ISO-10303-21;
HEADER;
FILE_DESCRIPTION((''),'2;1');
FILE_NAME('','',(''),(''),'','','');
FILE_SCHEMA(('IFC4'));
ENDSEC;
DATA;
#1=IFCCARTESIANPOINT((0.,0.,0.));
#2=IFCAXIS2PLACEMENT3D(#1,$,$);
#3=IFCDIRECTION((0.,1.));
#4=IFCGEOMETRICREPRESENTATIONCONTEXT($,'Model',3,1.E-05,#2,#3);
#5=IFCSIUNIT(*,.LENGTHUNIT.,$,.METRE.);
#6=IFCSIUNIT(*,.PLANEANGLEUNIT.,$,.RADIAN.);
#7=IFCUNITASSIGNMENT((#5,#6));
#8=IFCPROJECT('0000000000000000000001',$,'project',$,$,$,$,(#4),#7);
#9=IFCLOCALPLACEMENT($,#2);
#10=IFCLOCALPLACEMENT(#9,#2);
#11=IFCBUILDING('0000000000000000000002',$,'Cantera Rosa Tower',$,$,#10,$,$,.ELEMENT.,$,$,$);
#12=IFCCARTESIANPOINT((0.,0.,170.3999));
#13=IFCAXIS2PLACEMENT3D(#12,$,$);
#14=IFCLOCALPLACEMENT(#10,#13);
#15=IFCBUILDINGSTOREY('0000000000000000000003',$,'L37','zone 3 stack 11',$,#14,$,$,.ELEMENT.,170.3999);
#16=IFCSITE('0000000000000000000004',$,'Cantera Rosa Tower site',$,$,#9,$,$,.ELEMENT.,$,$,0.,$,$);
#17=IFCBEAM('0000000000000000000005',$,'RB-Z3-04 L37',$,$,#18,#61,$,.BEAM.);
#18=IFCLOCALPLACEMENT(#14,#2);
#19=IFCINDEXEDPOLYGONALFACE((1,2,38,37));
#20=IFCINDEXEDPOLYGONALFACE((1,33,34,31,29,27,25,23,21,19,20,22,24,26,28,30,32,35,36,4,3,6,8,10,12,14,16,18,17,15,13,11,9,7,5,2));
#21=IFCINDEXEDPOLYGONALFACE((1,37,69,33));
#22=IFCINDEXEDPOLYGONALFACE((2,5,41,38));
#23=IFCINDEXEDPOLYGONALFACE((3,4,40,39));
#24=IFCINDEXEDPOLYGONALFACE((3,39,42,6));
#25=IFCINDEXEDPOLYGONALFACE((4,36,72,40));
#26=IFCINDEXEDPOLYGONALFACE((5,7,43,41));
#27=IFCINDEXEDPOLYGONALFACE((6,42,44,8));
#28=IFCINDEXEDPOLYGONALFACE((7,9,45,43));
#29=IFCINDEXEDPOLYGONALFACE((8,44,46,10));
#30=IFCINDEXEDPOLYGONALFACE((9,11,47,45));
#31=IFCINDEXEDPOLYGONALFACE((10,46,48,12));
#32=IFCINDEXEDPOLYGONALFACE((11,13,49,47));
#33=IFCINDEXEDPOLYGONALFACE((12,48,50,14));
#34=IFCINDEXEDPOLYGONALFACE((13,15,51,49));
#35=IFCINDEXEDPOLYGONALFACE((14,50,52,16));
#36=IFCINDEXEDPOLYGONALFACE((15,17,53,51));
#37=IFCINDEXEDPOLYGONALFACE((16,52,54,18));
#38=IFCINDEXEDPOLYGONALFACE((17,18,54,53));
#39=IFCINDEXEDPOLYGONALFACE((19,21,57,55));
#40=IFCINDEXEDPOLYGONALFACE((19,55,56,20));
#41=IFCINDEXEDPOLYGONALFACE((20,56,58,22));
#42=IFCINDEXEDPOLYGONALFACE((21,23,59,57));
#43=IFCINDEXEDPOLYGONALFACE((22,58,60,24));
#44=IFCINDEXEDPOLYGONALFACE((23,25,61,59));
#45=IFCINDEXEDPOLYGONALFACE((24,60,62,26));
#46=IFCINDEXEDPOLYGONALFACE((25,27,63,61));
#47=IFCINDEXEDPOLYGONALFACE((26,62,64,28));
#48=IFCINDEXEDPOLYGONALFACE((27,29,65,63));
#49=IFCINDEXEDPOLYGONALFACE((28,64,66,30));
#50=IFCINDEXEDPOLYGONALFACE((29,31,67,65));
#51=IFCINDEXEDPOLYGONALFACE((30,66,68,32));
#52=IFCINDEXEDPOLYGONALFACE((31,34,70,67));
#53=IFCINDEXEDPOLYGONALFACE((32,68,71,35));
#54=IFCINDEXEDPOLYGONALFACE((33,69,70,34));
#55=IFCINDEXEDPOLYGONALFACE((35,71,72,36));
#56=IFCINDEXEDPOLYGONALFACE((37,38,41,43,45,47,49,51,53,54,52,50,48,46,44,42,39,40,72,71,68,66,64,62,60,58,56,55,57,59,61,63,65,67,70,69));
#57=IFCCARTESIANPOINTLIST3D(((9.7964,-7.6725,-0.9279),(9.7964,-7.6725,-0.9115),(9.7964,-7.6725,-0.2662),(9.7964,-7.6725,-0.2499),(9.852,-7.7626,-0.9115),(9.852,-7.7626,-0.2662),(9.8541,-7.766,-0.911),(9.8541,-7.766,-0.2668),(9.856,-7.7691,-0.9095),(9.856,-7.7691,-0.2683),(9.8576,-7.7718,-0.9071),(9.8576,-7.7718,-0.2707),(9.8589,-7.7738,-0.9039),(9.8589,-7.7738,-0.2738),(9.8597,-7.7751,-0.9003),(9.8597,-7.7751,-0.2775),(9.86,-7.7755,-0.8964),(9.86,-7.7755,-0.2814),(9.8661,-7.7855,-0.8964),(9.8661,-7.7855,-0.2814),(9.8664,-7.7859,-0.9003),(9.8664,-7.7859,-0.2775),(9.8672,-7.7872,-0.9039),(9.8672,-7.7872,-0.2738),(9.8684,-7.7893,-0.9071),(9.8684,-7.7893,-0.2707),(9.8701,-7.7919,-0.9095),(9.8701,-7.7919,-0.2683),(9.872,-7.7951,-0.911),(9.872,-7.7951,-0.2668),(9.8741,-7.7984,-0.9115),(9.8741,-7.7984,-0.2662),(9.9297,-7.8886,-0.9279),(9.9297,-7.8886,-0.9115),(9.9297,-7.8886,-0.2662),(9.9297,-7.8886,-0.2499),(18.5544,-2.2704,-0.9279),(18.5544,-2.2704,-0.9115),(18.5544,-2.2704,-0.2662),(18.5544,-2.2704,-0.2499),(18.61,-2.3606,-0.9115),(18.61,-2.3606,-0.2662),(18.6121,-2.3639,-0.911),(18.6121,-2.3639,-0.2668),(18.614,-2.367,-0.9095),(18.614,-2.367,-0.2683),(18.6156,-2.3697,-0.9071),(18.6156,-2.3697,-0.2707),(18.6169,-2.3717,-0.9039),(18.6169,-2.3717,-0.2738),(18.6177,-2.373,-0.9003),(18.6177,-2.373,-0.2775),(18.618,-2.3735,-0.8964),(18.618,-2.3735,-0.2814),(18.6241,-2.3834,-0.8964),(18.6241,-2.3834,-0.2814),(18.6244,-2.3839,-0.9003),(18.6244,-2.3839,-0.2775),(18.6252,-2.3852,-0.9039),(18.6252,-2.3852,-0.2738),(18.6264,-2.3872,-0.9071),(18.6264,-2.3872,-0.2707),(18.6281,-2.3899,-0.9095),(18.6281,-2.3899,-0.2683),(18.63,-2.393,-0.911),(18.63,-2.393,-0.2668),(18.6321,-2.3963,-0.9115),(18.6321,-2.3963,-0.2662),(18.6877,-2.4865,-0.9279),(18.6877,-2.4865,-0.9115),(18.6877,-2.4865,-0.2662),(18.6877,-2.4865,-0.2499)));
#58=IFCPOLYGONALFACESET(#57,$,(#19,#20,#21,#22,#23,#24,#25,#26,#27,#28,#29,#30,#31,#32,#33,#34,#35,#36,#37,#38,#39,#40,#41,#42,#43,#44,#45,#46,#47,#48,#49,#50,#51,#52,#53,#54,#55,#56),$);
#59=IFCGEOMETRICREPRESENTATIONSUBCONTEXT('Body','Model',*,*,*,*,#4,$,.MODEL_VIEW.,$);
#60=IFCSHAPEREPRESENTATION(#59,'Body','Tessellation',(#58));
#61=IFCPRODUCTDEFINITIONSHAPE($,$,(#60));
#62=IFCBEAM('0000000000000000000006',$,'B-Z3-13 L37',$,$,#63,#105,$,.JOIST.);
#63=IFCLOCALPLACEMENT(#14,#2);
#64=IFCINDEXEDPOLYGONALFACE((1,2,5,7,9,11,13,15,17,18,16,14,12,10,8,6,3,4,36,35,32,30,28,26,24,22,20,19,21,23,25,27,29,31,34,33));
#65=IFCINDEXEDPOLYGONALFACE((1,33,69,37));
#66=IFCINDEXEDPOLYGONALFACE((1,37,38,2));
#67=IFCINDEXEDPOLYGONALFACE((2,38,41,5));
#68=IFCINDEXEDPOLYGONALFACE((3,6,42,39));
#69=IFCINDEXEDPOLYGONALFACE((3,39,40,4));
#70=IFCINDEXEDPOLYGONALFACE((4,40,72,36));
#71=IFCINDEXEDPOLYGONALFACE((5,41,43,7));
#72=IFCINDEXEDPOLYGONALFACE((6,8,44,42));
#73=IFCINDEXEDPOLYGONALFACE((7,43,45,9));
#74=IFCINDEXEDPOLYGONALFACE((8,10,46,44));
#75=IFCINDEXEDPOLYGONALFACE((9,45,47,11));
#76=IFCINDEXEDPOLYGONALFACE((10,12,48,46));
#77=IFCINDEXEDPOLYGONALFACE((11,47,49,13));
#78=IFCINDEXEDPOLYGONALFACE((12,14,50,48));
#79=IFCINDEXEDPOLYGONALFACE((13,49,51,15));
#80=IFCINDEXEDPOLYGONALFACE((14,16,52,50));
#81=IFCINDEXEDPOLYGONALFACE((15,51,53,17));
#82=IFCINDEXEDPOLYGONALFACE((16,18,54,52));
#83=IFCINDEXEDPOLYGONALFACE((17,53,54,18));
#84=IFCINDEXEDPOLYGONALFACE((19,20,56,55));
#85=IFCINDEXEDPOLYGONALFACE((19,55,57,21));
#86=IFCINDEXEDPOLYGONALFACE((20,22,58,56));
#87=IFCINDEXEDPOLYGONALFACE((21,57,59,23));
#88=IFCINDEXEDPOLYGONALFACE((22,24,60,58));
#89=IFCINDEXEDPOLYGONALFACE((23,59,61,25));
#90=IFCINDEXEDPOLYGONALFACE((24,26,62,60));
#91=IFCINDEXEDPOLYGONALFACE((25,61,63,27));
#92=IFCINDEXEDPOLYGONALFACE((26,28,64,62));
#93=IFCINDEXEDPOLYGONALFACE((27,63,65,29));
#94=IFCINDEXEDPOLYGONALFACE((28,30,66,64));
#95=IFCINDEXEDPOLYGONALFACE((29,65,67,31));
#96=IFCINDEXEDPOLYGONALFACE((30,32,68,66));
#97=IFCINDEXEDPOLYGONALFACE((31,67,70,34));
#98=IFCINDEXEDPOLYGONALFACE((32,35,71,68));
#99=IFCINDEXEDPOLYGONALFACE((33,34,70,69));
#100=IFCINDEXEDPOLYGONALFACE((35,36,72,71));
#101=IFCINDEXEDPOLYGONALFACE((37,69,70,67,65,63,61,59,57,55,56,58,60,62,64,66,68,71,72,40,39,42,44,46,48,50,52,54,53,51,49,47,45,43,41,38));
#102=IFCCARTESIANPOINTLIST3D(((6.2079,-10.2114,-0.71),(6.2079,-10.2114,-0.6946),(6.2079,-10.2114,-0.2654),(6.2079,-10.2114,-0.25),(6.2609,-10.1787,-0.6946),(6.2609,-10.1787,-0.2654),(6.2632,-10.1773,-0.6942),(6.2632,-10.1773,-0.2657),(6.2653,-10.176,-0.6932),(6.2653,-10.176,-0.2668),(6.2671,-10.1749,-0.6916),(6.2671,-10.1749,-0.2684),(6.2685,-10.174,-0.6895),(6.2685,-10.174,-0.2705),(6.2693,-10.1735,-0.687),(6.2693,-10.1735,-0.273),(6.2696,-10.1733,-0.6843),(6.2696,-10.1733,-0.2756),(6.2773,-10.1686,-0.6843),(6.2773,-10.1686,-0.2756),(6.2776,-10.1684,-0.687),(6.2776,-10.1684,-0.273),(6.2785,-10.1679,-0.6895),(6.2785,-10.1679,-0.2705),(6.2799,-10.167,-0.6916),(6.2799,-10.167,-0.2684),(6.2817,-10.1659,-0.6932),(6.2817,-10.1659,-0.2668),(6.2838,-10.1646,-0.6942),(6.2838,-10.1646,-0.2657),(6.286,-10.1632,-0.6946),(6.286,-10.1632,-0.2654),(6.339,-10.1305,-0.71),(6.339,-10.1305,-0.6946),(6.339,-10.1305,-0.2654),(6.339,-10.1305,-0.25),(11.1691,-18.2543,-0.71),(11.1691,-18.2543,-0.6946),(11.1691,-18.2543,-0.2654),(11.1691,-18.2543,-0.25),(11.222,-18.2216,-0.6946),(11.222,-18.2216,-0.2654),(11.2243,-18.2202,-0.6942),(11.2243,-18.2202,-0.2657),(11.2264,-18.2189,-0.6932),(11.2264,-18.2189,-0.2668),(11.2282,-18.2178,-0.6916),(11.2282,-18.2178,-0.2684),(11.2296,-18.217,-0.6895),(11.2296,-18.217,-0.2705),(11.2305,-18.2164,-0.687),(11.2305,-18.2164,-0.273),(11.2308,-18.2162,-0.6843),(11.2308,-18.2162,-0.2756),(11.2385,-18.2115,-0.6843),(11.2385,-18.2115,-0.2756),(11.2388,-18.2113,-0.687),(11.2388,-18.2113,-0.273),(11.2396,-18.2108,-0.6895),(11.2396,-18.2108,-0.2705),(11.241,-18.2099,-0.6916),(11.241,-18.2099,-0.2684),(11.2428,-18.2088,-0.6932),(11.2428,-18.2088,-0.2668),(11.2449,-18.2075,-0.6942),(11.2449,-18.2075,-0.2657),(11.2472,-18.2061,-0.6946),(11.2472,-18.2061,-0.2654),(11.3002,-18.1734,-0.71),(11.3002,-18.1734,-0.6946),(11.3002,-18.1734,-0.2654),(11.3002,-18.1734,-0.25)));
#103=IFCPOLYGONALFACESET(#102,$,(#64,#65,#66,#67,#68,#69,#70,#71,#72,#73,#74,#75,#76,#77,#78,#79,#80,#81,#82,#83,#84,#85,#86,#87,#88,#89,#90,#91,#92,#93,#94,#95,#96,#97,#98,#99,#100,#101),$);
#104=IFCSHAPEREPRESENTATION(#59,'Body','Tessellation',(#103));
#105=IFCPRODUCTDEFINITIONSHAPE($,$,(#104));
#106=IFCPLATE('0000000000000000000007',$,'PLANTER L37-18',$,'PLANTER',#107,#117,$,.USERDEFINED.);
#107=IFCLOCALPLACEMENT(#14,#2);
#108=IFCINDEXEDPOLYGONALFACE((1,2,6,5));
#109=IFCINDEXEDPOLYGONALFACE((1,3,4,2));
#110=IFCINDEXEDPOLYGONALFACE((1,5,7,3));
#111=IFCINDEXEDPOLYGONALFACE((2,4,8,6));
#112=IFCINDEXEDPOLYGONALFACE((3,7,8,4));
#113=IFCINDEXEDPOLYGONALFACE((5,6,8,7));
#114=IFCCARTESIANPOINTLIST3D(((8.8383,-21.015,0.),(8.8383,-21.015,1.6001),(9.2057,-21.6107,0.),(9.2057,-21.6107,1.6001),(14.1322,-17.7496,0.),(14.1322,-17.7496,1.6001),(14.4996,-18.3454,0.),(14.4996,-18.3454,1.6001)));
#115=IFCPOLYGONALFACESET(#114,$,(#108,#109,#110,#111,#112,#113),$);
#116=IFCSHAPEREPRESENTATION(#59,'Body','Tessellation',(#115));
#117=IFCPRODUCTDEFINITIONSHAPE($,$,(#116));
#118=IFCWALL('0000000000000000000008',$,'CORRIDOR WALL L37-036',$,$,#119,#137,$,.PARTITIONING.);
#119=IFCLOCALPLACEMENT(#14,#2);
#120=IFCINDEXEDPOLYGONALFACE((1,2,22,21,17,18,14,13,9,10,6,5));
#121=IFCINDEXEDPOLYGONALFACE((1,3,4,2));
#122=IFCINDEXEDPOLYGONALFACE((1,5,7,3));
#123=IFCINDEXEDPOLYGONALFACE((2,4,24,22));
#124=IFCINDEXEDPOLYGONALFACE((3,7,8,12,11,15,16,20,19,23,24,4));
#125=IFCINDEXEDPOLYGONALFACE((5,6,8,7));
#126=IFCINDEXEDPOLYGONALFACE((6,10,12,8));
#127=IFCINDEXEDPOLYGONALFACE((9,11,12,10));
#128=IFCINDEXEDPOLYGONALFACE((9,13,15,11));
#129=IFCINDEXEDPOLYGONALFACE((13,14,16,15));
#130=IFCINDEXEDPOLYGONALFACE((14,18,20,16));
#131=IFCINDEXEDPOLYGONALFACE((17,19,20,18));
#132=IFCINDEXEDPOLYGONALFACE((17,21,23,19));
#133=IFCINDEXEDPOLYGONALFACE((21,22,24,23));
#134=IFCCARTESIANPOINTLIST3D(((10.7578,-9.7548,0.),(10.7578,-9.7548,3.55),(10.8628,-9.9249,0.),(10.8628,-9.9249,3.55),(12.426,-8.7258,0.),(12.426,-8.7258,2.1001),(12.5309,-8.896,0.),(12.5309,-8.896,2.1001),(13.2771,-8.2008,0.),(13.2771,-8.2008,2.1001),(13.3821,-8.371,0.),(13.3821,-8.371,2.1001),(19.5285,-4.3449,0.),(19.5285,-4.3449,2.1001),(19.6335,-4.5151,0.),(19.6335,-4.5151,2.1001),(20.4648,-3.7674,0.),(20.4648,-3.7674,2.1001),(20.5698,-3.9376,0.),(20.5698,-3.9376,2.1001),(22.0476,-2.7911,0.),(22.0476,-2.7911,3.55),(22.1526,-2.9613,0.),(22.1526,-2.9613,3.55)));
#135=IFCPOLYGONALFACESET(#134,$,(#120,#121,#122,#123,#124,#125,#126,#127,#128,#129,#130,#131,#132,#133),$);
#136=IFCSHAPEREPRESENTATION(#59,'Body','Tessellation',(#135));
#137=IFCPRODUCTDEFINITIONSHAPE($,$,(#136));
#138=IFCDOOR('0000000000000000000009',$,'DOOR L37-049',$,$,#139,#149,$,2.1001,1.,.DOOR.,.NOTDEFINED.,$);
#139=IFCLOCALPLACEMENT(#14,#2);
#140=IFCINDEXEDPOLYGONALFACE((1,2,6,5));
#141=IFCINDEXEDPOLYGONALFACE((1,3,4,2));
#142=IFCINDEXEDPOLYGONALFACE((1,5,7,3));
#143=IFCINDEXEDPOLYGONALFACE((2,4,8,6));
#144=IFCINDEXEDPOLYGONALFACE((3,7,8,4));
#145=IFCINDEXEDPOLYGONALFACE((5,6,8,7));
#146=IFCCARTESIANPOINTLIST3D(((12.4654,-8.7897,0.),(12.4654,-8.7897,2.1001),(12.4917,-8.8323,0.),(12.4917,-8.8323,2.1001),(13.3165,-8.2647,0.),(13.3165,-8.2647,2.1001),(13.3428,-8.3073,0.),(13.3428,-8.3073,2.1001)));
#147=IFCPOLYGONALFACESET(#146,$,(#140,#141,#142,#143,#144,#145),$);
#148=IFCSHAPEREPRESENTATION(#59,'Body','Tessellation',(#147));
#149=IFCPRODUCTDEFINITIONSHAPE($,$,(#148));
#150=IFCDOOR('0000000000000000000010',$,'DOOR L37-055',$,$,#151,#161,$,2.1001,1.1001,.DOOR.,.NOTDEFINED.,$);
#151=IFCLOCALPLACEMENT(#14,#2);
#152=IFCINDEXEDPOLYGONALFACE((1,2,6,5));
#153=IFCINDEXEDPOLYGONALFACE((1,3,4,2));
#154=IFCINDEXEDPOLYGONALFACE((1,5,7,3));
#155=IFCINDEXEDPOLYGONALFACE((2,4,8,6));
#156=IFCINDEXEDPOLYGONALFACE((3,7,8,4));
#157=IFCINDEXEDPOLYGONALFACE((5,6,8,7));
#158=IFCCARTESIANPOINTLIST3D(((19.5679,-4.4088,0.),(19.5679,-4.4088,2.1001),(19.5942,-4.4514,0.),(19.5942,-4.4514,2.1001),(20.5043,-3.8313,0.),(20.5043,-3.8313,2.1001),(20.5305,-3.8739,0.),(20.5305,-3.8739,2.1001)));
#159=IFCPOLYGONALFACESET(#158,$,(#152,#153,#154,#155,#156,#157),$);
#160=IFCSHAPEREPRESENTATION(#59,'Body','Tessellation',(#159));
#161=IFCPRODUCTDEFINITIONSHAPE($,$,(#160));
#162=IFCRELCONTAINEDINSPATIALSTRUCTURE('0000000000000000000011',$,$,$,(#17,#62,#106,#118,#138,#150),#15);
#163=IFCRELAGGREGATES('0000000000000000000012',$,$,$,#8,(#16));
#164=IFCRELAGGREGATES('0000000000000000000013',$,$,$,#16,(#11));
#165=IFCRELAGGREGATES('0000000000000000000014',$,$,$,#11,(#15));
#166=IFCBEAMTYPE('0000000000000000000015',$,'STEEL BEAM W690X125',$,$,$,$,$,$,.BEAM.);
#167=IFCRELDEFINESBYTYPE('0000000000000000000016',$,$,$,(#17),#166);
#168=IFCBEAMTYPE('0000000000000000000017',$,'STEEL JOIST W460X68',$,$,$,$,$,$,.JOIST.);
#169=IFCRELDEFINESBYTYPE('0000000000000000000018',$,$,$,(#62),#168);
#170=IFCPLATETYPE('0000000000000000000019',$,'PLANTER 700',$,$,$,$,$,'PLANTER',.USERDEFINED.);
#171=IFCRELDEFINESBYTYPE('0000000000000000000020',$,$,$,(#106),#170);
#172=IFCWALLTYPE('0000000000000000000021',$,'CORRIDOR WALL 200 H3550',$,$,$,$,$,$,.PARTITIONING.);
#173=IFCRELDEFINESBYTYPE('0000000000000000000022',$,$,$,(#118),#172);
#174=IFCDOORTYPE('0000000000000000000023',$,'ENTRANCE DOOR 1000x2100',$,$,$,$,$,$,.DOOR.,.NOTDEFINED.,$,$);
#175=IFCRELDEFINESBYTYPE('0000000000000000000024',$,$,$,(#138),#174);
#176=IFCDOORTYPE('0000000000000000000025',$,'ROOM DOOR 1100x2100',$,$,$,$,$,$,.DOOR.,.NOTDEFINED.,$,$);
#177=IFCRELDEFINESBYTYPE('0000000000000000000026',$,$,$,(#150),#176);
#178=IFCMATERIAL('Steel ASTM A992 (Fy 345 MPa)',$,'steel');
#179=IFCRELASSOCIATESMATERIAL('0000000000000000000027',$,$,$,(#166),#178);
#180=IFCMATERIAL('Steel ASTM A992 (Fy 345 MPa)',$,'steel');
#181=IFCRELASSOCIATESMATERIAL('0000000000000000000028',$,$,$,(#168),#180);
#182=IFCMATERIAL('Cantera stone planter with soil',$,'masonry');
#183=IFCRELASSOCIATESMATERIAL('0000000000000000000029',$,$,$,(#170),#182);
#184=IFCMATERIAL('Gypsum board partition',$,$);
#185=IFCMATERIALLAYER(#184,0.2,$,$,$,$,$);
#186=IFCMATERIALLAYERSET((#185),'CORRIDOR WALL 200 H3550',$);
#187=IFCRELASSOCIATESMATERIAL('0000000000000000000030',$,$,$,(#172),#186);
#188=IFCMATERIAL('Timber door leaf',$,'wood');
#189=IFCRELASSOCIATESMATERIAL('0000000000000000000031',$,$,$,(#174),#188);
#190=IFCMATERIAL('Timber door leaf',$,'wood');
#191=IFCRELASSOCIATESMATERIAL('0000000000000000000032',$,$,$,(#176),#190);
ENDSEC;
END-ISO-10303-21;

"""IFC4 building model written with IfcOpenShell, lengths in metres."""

from ifc_helpers import new_model, si_unit, direction, frame, frame_2d, origin, origin_2d, place, context, subcontext, project, spatial, rectangle, i_section, extrude, material, layer, layer_set, material_profile, profile_set, type_object, element, fill, save


model = new_model("IFC4")

# Units and contexts
model_context = context("Model", 3, precision=1e-05, world=origin(), true_north=direction((0.0, 1.0)))
body_context = subcontext(model_context, "Body", "Model", "MODEL_VIEW")
ifc_project = project(units=[si_unit("LENGTHUNIT", "METRE"), si_unit("PLANEANGLEUNIT", "RADIAN")], contexts=[model_context])

# Site, building, storey
site_placement = place(None, origin())
site = spatial("IfcSite", under=ifc_project, at=site_placement, Name="Cantera Rosa Tower site", CompositionType="ELEMENT", RefElevation=0.0)
building_placement = place(site_placement, origin())
building = spatial("IfcBuilding", under=site, at=building_placement, Name="Cantera Rosa Tower", CompositionType="ELEMENT")
storey_placement = place(building_placement, frame((0.0, 0.0, 170.3999)))
storey = spatial("IfcBuildingStorey", under=building, at=storey_placement, Name="L37", Description="zone 3 stack 11", CompositionType="ELEMENT", Elevation=170.3999)

# Beams
ifc_material_1 = material(Name="Steel ASTM A992 (Fy 345 MPa)", Category="steel")
ifc_material_profile_1 = material_profile(ifc_material_1, i_section(OverallWidth=0.2539, OverallDepth=0.678, WebThickness=0.0117, FlangeThickness=0.0164, FilletRadius=0.0151, at=origin_2d()), Name="W690X125")
ifc_profile_set_1 = profile_set([ifc_material_profile_1], Name="Steel ASTM A992 (Fy 345 MPa)")
beam_type_1 = type_object("IfcBeamType", Name="STEEL BEAM W690X125", PredefinedType="BEAM", material=ifc_profile_set_1)
beam_1_placement = place(storey_placement, frame((9.863, -7.7805, -0.5889), z_axis=(0.851115, 0.52498, 0.0), x_axis=(-0.52498, 0.851115, 0.0)))
element("IfcBeam", 1, at=beam_1_placement, inside=storey, type_object=beam_type_1, Name="RB-Z3-04 L37", PredefinedType="BEAM", context=body_context, shape_type="SweptSolid", body=[
    extrude(i_section(OverallWidth=0.2539, OverallDepth=0.678, WebThickness=0.0117, FlangeThickness=0.0164, FilletRadius=0.0151, at=origin_2d()), origin(), (0.0, 0.0, 1.0), 10.29),
])
ifc_material_2 = material(Name="Steel ASTM A992 (Fy 345 MPa)", Category="steel")
ifc_material_profile_2 = material_profile(ifc_material_2, i_section(OverallWidth=0.1541, OverallDepth=0.46, WebThickness=0.009, FlangeThickness=0.0154, FilletRadius=0.0103, at=origin_2d()), Name="W460X68")
ifc_profile_set_2 = profile_set([ifc_material_profile_2], Name="Steel ASTM A992 (Fy 345 MPa)")
beam_type_2 = type_object("IfcBeamType", Name="STEEL JOIST W460X68", PredefinedType="JOIST", material=ifc_profile_set_2)
beam_2_placement = place(storey_placement, frame((11.2346, -18.2139, -0.48), z_axis=(-0.524992, 0.851107, 0.0), x_axis=(-0.851107, -0.524992, 0.0)))
element("IfcBeam", 2, at=beam_2_placement, inside=storey, type_object=beam_type_2, Name="B-Z3-13 L37", PredefinedType="JOIST", context=body_context, shape_type="SweptSolid", body=[
    extrude(i_section(OverallWidth=0.1541, OverallDepth=0.46, WebThickness=0.009, FlangeThickness=0.0154, FilletRadius=0.0103, at=origin_2d()), origin(), (0.0, 0.0, 1.0), 9.45),
])

# Plate
ifc_material_3 = material(Name="Cantera stone planter with soil", Category="masonry")
plate_type = type_object("IfcPlateType", Name="PLANTER 700", ElementType="PLANTER", PredefinedType="USERDEFINED", material=ifc_material_3)
plate_placement = place(storey_placement, frame((11.6689, -19.6802, 0.0), z_axis=(0.0, 0.0, 1.0), x_axis=(0.851117, 0.524977, 0.0)))
element("IfcPlate", 3, at=plate_placement, inside=storey, type_object=plate_type, Name="PLANTER L37-18", ObjectType="PLANTER", PredefinedType="USERDEFINED", context=body_context, shape_type="SweptSolid", body=[
    extrude(rectangle(XDim=6.22, YDim=0.7, at=origin_2d()), origin(), (0.0, 0.0, 1.0), 1.6001),
])

# Wall, openings, doors
ifc_material_4 = material(Name="Gypsum board partition")
ifc_layer_1 = layer(ifc_material_4, 0.2)
ifc_layer_set_1 = layer_set([ifc_layer_1], Name="CORRIDOR WALL 200 H3550")
wall_type_1 = type_object("IfcWallType", Name="CORRIDOR WALL 200 H3550", PredefinedType="PARTITIONING", material=ifc_layer_set_1)
wall_1_placement = place(storey_placement, frame((10.8103, -9.8398, 0.0), z_axis=(0.0, 0.0, 1.0), x_axis=(0.851118, 0.524975, 0.0)))
wall_1 = element("IfcWall", 4, at=wall_1_placement, inside=storey, type_object=wall_type_1, Name="CORRIDOR WALL L37-036", PredefinedType="PARTITIONING", context=body_context, shape_type="SweptSolid", body=[
    extrude(rectangle(XDim=13.2646, YDim=0.2, at=frame_2d((6.6323, 0.0))), origin(), (0.0, 0.0, 1.0), 3.55),
])
opening_1_placement = place(wall_1_placement, frame((1.96, 0.0, 0.0)))
opening_1 = element("IfcOpeningElement", 5, at=opening_1_placement, cuts=wall_1, PredefinedType="OPENING", context=body_context, shape_type="SweptSolid", body=[
    extrude(rectangle(XDim=1.0, YDim=2.1001, at=frame_2d((0.5, 1.05))), frame((0.0, 0.1099, 0.0), z_axis=(0.0, -1.0, 0.0), x_axis=(1.0, 0.0, 0.0)), (0.0, 0.0, 1.0), 0.22),
])
opening_2_placement = place(wall_1_placement, frame((10.3049, 0.0, 0.0)))
opening_2 = element("IfcOpeningElement", 6, at=opening_2_placement, cuts=wall_1, PredefinedType="OPENING", context=body_context, shape_type="SweptSolid", body=[
    extrude(rectangle(XDim=1.1001, YDim=2.1001, at=frame_2d((0.55, 1.05))), frame((0.0, 0.1099, 0.0), z_axis=(0.0, -1.0, 0.0), x_axis=(1.0, 0.0, 0.0)), (0.0, 0.0, 1.0), 0.22),
])
ifc_material_5 = material(Name="Timber door leaf", Category="wood")
door_type_1 = type_object("IfcDoorType", Name="ENTRANCE DOOR 1000x2100", OperationType="NOTDEFINED", PredefinedType="DOOR", material=ifc_material_5)
door_1_placement = place(opening_1_placement, origin())
door_1 = element("IfcDoor", 7, at=door_1_placement, inside=storey, type_object=door_type_1, Name="DOOR L37-049", OperationType="NOTDEFINED", OverallHeight=2.1001, OverallWidth=1.0, PredefinedType="DOOR", context=body_context, shape_type="SweptSolid", body=[
    extrude(rectangle(XDim=1.0, YDim=2.1001, at=frame_2d((0.5, 1.05))), frame((0.0, 0.0249, 0.0), z_axis=(0.0, -1.0, 0.0), x_axis=(1.0, 0.0, 0.0)), (0.0, 0.0, 1.0), 0.05),
])
fill(opening_1, door_1)
ifc_material_6 = material(Name="Timber door leaf", Category="wood")
door_type_2 = type_object("IfcDoorType", Name="ROOM DOOR 1100x2100", OperationType="NOTDEFINED", PredefinedType="DOOR", material=ifc_material_6)
door_2_placement = place(opening_2_placement, origin())
door_2 = element("IfcDoor", 8, at=door_2_placement, inside=storey, type_object=door_type_2, Name="DOOR L37-055", OperationType="NOTDEFINED", OverallHeight=2.1001, OverallWidth=1.1001, PredefinedType="DOOR", context=body_context, shape_type="SweptSolid", body=[
    extrude(rectangle(XDim=1.1001, YDim=2.1001, at=frame_2d((0.55, 1.05))), frame((0.0, 0.0249, 0.0), z_axis=(0.0, -1.0, 0.0), x_axis=(1.0, 0.0, 0.0)), (0.0, 0.0, 1.0), 0.05),
])
fill(opening_2, door_2)

save(model, "model.ifc")
